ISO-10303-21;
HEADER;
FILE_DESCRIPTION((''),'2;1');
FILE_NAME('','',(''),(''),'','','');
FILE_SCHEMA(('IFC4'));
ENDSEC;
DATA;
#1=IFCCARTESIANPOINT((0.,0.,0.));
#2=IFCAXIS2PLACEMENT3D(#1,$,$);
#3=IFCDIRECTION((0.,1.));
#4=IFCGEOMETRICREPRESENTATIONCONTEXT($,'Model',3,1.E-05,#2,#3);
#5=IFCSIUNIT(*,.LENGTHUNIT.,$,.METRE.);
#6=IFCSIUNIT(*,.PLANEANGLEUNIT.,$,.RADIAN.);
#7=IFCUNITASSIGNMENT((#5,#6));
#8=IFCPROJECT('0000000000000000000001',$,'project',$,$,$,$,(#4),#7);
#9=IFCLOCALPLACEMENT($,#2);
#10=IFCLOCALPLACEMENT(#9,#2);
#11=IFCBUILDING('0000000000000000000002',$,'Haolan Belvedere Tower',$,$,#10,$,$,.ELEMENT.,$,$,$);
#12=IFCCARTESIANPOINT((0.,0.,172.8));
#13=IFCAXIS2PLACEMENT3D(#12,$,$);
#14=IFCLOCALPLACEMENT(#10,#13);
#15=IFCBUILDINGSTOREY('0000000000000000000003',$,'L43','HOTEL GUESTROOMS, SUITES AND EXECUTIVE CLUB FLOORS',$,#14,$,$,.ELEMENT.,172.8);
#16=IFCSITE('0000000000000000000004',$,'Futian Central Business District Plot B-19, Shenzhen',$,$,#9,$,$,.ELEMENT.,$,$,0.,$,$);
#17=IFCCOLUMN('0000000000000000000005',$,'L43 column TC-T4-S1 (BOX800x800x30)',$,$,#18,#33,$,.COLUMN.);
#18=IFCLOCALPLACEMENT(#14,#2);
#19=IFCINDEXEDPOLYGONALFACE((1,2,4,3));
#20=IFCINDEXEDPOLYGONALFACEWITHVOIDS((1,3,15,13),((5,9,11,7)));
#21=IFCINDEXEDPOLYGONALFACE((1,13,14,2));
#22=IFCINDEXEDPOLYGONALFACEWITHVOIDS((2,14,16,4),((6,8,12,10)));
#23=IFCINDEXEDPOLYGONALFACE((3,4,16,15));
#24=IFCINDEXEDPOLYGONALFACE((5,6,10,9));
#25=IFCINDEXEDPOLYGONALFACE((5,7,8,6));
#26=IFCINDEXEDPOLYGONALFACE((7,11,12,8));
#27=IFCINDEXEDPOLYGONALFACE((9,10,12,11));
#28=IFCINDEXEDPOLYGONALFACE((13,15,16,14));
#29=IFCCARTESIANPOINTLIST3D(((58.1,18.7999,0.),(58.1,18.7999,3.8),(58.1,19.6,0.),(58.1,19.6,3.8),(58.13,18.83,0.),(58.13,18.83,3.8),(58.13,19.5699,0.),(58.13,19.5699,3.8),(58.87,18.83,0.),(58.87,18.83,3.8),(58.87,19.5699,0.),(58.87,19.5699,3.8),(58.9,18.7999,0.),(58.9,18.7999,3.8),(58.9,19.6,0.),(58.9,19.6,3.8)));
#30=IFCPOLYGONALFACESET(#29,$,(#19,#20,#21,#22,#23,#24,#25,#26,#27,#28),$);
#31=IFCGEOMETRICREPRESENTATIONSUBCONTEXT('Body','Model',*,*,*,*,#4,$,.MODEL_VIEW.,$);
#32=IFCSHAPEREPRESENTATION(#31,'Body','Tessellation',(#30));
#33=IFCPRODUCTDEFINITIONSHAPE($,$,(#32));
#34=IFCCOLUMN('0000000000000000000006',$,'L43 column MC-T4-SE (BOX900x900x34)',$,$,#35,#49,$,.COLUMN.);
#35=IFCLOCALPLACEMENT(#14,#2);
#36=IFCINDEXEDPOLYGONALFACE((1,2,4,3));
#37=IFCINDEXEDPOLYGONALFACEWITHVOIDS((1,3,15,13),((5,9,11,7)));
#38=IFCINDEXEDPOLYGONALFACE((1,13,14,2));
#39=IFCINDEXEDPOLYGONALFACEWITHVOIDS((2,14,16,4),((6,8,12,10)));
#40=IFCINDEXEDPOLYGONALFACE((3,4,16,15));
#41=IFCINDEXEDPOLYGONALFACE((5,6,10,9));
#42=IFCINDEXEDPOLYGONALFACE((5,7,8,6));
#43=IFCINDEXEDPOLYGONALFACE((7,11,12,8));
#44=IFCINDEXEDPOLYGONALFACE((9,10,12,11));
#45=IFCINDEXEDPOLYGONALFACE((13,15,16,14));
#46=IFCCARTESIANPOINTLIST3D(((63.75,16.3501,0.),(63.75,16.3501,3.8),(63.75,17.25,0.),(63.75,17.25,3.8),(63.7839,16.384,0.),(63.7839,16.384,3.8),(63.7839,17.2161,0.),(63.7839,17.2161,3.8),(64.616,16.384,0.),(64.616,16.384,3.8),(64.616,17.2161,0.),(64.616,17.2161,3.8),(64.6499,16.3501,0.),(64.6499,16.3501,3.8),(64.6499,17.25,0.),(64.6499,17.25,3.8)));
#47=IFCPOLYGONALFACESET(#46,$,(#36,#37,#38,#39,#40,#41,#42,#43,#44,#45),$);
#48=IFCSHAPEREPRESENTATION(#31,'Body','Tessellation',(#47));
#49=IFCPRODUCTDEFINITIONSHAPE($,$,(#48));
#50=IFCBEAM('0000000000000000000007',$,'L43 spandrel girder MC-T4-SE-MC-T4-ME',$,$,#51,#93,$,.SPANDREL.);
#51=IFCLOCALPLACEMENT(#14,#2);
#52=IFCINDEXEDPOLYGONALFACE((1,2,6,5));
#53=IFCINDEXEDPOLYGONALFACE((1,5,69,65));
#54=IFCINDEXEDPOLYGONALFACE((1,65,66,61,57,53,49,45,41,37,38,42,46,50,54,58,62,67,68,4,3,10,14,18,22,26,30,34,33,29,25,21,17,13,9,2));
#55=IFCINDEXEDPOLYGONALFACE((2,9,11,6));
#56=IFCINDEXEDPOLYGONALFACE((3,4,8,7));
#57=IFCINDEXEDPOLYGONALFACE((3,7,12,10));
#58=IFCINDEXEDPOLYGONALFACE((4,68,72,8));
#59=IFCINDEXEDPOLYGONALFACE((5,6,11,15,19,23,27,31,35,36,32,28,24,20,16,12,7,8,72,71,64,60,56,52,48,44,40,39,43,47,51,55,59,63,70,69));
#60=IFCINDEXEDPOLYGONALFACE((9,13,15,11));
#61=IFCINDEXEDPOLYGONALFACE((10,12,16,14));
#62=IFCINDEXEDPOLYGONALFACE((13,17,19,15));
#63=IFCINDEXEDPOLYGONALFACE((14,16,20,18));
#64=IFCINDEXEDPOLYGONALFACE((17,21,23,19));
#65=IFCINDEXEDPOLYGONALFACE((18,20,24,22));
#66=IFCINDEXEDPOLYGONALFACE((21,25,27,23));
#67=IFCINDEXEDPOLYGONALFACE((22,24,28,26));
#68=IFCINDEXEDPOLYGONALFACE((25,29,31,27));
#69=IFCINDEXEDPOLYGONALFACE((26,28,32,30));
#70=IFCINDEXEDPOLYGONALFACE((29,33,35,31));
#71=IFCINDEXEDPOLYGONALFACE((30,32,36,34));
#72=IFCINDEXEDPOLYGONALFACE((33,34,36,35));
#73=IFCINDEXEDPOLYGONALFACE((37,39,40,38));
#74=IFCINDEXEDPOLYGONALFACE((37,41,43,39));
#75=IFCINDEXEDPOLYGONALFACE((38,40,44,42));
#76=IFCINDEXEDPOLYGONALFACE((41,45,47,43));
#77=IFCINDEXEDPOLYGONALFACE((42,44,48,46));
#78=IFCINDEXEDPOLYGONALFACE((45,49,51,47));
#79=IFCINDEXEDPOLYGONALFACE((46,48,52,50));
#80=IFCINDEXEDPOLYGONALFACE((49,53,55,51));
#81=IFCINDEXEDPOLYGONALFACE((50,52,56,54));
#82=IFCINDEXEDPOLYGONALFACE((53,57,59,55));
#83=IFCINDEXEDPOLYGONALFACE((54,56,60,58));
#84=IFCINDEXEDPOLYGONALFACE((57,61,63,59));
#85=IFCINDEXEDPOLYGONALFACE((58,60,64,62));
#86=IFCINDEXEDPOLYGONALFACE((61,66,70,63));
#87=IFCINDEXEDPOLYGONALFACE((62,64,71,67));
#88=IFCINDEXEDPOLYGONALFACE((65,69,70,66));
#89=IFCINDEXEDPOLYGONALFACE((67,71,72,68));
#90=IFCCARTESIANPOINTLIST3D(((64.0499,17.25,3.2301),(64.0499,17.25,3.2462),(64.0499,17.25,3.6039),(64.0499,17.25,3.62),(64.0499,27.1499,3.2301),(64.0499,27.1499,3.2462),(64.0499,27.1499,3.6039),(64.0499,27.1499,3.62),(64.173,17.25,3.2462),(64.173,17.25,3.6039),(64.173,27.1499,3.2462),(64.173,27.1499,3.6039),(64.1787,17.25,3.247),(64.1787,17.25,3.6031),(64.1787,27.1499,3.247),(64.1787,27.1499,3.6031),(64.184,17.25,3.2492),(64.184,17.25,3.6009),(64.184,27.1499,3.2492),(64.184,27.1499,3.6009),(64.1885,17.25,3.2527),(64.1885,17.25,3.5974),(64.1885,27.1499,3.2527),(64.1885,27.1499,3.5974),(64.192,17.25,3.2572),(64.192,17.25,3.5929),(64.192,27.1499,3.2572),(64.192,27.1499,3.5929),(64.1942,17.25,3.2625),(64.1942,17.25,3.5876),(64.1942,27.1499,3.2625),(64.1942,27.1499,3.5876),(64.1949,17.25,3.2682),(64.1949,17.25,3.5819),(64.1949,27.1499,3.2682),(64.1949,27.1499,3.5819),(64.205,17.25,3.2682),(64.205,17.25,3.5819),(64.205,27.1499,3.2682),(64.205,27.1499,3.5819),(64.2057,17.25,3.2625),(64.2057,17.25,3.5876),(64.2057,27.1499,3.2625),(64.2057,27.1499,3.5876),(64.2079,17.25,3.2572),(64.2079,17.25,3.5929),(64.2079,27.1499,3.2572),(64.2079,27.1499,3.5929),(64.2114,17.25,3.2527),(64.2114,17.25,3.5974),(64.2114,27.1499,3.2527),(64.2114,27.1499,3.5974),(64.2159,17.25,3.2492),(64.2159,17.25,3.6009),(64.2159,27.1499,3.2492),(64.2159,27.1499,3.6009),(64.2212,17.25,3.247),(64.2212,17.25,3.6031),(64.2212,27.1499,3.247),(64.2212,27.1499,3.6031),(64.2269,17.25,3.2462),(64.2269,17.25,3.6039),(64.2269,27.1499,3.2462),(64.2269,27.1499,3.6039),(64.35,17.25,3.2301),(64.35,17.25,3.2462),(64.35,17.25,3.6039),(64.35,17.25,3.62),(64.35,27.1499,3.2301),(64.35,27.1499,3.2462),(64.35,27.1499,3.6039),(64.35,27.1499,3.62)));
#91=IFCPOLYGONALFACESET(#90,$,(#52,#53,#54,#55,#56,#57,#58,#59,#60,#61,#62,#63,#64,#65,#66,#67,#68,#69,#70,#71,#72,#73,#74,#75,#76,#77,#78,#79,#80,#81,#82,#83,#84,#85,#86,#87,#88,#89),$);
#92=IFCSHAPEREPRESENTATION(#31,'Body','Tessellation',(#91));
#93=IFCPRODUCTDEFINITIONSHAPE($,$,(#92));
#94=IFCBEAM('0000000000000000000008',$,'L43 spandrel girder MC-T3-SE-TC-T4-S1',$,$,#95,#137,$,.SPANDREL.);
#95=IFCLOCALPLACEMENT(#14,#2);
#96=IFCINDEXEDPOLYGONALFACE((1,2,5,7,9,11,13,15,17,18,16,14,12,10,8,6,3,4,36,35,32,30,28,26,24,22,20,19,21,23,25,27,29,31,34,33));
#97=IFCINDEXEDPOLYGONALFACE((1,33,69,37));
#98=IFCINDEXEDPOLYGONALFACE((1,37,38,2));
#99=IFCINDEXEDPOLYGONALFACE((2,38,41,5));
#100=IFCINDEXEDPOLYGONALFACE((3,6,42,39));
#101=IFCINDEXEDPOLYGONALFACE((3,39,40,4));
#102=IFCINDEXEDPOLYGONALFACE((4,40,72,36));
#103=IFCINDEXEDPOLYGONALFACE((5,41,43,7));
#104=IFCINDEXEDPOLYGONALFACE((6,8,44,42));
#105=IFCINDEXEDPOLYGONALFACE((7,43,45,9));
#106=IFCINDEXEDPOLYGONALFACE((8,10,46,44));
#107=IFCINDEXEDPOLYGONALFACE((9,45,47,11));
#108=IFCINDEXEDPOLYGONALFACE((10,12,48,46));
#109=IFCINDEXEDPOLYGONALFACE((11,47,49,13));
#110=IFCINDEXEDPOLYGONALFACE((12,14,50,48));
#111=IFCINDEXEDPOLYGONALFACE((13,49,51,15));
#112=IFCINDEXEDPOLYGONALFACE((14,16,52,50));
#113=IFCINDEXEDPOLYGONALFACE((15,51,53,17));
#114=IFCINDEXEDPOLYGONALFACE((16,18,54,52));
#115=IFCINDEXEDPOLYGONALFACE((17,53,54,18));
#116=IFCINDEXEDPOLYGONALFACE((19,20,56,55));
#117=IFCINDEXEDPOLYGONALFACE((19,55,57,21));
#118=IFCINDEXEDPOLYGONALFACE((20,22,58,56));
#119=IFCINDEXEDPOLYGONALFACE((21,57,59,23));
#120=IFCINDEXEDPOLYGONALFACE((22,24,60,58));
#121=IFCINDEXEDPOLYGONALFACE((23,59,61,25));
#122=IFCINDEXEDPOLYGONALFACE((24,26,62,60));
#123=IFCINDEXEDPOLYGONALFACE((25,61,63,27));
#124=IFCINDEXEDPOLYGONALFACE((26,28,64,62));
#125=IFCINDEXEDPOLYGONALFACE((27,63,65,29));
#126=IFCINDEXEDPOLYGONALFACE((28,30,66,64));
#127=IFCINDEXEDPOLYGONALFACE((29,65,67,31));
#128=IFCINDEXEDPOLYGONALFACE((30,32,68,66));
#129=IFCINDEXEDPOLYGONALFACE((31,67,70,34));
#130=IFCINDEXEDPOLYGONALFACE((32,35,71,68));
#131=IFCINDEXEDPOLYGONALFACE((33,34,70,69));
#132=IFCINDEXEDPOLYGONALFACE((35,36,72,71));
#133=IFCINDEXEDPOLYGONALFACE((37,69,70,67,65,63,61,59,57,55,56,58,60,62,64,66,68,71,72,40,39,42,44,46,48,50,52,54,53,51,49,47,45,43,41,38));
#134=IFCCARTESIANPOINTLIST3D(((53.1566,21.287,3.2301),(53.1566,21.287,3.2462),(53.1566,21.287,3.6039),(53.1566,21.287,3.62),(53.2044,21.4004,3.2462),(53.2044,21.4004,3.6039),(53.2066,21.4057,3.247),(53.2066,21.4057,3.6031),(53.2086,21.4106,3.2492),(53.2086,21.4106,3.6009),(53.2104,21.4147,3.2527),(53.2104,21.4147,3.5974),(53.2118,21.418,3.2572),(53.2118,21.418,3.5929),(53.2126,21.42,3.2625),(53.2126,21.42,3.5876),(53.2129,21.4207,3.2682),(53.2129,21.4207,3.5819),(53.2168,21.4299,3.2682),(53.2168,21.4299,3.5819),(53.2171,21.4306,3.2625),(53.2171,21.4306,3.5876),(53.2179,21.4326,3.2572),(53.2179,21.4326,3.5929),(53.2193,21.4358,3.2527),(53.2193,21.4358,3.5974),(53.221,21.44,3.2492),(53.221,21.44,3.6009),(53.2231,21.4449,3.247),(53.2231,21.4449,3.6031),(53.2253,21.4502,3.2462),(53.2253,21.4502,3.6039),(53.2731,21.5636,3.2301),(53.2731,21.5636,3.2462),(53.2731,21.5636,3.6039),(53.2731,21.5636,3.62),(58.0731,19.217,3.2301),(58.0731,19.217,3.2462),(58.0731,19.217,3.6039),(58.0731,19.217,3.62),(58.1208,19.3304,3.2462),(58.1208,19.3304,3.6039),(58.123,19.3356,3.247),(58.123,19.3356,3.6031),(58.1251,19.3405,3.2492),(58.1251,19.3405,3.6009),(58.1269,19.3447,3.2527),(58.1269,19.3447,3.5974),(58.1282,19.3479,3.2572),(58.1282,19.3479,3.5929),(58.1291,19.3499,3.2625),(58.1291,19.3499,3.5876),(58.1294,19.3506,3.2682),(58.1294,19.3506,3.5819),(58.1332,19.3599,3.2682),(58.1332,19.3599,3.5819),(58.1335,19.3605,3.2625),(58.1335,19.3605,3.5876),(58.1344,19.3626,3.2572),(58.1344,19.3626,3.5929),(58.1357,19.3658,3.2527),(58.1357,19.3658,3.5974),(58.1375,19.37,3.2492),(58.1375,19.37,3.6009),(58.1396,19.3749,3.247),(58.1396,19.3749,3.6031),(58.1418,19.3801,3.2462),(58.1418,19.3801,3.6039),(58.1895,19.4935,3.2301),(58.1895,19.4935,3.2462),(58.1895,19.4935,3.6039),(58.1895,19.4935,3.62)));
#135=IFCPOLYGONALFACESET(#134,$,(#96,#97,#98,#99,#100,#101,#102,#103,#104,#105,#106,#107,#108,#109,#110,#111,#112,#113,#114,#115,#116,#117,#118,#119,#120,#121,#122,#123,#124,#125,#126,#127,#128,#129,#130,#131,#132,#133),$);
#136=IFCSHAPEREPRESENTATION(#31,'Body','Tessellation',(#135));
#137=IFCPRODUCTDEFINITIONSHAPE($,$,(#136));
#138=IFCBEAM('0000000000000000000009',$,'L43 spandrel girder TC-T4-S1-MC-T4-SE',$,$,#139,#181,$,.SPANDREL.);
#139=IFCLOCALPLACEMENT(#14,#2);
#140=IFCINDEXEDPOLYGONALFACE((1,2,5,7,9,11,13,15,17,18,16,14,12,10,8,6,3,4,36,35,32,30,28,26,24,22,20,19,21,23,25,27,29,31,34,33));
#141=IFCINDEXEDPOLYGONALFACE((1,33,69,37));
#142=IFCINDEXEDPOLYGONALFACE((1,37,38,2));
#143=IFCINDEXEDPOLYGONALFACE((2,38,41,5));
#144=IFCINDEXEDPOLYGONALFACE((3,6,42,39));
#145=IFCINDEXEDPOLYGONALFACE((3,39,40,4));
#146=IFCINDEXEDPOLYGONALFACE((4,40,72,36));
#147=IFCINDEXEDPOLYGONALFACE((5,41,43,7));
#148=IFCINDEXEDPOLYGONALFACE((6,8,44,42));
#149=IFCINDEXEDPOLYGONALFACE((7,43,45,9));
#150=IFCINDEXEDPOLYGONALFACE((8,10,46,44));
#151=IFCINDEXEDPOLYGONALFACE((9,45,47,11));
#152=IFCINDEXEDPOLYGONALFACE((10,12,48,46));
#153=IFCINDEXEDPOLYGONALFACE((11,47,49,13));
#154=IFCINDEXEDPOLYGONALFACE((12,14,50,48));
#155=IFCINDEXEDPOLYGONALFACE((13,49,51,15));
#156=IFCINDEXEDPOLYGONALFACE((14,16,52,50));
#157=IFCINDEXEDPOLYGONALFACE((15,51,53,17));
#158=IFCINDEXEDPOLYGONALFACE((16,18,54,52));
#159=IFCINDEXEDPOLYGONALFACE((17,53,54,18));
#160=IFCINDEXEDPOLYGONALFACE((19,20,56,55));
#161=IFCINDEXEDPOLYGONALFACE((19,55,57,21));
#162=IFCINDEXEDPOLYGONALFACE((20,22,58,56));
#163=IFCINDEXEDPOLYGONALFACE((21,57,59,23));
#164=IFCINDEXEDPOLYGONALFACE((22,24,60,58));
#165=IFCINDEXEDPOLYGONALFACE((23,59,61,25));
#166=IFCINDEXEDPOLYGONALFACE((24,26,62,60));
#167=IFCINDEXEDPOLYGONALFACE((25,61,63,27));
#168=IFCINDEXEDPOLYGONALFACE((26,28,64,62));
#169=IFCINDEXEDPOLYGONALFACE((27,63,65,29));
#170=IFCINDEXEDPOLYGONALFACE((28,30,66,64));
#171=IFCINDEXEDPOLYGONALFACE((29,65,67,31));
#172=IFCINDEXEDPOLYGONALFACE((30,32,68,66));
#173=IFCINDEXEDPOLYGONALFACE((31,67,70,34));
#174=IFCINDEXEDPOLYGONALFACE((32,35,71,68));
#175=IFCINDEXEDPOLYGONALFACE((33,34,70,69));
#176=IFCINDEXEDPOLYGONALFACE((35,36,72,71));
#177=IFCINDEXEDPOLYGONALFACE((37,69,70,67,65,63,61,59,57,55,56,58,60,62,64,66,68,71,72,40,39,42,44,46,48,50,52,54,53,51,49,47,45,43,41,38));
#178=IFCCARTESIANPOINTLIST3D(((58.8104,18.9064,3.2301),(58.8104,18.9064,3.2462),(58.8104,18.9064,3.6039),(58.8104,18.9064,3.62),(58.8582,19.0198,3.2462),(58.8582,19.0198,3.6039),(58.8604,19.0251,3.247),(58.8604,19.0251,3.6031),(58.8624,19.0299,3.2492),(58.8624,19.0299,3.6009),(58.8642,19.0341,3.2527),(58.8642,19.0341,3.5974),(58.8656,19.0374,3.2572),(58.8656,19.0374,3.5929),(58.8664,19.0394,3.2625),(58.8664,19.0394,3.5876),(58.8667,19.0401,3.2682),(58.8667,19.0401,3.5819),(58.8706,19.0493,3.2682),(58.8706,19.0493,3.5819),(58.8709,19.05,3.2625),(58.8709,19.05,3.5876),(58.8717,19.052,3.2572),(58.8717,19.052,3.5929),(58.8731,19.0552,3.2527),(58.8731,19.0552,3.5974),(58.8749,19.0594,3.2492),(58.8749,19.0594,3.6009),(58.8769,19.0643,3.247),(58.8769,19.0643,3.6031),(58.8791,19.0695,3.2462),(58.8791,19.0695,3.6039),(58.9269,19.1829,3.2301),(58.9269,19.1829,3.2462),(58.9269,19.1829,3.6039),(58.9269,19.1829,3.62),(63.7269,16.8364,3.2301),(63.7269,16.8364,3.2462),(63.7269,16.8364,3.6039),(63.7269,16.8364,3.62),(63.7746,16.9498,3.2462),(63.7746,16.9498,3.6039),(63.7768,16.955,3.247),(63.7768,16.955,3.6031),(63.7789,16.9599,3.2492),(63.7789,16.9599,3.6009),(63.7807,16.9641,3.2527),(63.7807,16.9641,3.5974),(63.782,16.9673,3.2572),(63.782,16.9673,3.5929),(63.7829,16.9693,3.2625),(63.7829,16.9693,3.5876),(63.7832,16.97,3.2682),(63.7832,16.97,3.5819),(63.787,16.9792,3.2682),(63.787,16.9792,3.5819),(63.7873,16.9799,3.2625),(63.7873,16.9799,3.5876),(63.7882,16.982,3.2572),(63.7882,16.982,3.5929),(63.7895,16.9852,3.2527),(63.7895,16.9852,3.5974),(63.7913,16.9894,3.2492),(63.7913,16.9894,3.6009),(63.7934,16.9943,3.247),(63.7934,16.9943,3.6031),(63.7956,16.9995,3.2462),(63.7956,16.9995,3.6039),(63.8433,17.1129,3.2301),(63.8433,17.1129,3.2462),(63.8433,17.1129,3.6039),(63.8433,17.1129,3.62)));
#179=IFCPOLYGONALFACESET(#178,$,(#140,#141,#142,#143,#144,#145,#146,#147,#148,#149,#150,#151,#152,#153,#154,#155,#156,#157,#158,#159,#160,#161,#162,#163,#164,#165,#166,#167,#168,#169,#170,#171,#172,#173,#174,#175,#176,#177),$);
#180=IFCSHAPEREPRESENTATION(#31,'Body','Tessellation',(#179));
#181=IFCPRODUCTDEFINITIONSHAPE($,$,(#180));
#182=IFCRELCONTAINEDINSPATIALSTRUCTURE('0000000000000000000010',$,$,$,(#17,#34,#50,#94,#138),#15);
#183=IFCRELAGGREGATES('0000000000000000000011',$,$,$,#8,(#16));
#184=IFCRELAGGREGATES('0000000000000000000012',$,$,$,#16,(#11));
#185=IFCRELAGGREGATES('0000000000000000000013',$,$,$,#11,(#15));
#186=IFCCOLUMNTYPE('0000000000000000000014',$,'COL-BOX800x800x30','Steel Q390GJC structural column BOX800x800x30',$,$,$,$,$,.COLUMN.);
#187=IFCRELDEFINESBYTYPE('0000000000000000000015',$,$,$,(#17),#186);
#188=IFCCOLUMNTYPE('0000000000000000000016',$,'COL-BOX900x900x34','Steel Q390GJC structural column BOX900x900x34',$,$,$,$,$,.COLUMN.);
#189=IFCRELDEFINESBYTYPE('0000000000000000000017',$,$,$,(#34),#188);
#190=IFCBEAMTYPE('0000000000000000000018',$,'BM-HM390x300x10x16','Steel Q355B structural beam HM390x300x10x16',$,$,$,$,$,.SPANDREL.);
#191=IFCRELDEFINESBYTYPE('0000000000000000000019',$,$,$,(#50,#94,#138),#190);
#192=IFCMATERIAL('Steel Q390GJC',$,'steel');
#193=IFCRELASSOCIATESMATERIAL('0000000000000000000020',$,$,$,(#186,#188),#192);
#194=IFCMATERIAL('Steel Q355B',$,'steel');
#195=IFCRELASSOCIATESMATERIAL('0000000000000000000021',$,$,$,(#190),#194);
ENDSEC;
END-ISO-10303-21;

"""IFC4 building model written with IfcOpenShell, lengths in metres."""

from ifc_helpers import new_model, si_unit, direction, frame, origin, origin_2d, place, context, subcontext, project, spatial, hollow_rectangle, i_section, extrude, material, material_profile, profile_set, type_object, element, save


model = new_model("IFC4")

# Units and contexts
model_context = context("Model", 3, precision=1e-05, world=origin(), true_north=direction((0.0, 1.0)))
body_context = subcontext(model_context, "Body", "Model", "MODEL_VIEW")
ifc_project = project(units=[si_unit("LENGTHUNIT", "METRE"), si_unit("PLANEANGLEUNIT", "RADIAN")], contexts=[model_context])

# Site, building, storey
site_placement = place(None, origin())
site = spatial("IfcSite", under=ifc_project, at=site_placement, Name="Futian Central Business District Plot B-19, Shenzhen", CompositionType="ELEMENT", RefElevation=0.0)
building_placement = place(site_placement, origin())
building = spatial("IfcBuilding", under=site, at=building_placement, Name="Haolan Belvedere Tower", CompositionType="ELEMENT")
storey_placement = place(building_placement, frame((0.0, 0.0, 172.8)))
storey = spatial("IfcBuildingStorey", under=building, at=storey_placement, Name="L43", Description="HOTEL GUESTROOMS, SUITES AND EXECUTIVE CLUB FLOORS", CompositionType="ELEMENT", Elevation=172.8)

# Columns
ifc_material_1 = material(Name="Steel Q390GJC", Category="steel")
ifc_material_profile_1 = material_profile(ifc_material_1, hollow_rectangle(XDim=0.8, YDim=0.8, WallThickness=0.03, at=origin_2d()), Name="Steel Q390GJC")
ifc_profile_set_1 = profile_set([ifc_material_profile_1], Name="Steel Q390GJC")
column_type_1 = type_object("IfcColumnType", Name="COL-BOX800x800x30", Description="Steel Q390GJC structural column BOX800x800x30", PredefinedType="COLUMN", material=ifc_profile_set_1)
column_1_placement = place(storey_placement, frame((58.5, 19.2, 0.0), z_axis=(0.0, 0.0, 1.0), x_axis=(1.0, 0.0, 0.0)))
element("IfcColumn", 1, at=column_1_placement, inside=storey, type_object=column_type_1, Name="L43 column TC-T4-S1 (BOX800x800x30)", PredefinedType="COLUMN", context=body_context, shape_type="SweptSolid", body=[
    extrude(hollow_rectangle(XDim=0.8, YDim=0.8, WallThickness=0.03, at=origin_2d()), origin(), (0.0, 0.0, 1.0), 3.8),
])
ifc_material_profile_2 = material_profile(ifc_material_1, hollow_rectangle(XDim=0.8999, YDim=0.8999, WallThickness=0.0339, at=origin_2d()), Name="Steel Q390GJC")
ifc_profile_set_2 = profile_set([ifc_material_profile_2], Name="Steel Q390GJC")
column_type_2 = type_object("IfcColumnType", Name="COL-BOX900x900x34", Description="Steel Q390GJC structural column BOX900x900x34", PredefinedType="COLUMN", material=ifc_profile_set_2)
column_2_placement = place(storey_placement, frame((64.2, 16.8, 0.0), z_axis=(0.0, 0.0, 1.0), x_axis=(1.0, 0.0, 0.0)))
element("IfcColumn", 2, at=column_2_placement, inside=storey, type_object=column_type_2, Name="L43 column MC-T4-SE (BOX900x900x34)", PredefinedType="COLUMN", context=body_context, shape_type="SweptSolid", body=[
    extrude(hollow_rectangle(XDim=0.8999, YDim=0.8999, WallThickness=0.0339, at=origin_2d()), origin(), (0.0, 0.0, 1.0), 3.8),
])

# Beams
ifc_material_2 = material(Name="Steel Q355B", Category="steel")
ifc_material_profile_3 = material_profile(ifc_material_2, i_section(OverallWidth=0.3, OverallDepth=0.3899, WebThickness=0.01, FlangeThickness=0.0161, FilletRadius=0.022, at=origin_2d()), Name="Steel Q355B")
ifc_profile_set_3 = profile_set([ifc_material_profile_3], Name="Steel Q355B")
beam_type_1 = type_object("IfcBeamType", Name="BM-HM390x300x10x16", Description="Steel Q355B structural beam HM390x300x10x16", PredefinedType="SPANDREL", material=ifc_profile_set_3)
beam_1_placement = place(storey_placement, frame((64.2, 17.25, 3.425), z_axis=(0.0, 1.0, 0.0), x_axis=(-1.0, 0.0, 0.0)))
element("IfcBeam", 3, at=beam_1_placement, inside=storey, type_object=beam_type_1, Name="L43 spandrel girder MC-T4-SE-MC-T4-ME", PredefinedType="SPANDREL", context=body_context, shape_type="SweptSolid", body=[
    extrude(i_section(OverallWidth=0.3, OverallDepth=0.3899, WebThickness=0.01, FlangeThickness=0.0161, FilletRadius=0.022, at=origin_2d()), origin(), (0.0, 0.0, 1.0), 9.8999),
])
for number, where, z_axis, x_axis, name in (
    (4, (53.2148, 21.4253, 3.425), (0.921638, -0.388051, 0.0), (0.388051, 0.921638, 0.0), "L43 spandrel girder MC-T3-SE-TC-T4-S1"),
    (5, (58.8687, 19.0447, 3.425), (0.921638, -0.388051, 0.0), (0.388051, 0.921638, 0.0), "L43 spandrel girder TC-T4-S1-MC-T4-SE"),
):
    element("IfcBeam", number, at=place(storey_placement, frame(where, z_axis=z_axis, x_axis=x_axis)), inside=storey, type_object=beam_type_1, Name=name, PredefinedType="SPANDREL", context=body_context, shape_type="SweptSolid", body=[
        extrude(i_section(OverallWidth=0.3, OverallDepth=0.3899, WebThickness=0.01, FlangeThickness=0.0161, FilletRadius=0.022, at=origin_2d()), origin(), (0.0, 0.0, 1.0), 5.3345),
    ])

save(model, "model.ifc")
